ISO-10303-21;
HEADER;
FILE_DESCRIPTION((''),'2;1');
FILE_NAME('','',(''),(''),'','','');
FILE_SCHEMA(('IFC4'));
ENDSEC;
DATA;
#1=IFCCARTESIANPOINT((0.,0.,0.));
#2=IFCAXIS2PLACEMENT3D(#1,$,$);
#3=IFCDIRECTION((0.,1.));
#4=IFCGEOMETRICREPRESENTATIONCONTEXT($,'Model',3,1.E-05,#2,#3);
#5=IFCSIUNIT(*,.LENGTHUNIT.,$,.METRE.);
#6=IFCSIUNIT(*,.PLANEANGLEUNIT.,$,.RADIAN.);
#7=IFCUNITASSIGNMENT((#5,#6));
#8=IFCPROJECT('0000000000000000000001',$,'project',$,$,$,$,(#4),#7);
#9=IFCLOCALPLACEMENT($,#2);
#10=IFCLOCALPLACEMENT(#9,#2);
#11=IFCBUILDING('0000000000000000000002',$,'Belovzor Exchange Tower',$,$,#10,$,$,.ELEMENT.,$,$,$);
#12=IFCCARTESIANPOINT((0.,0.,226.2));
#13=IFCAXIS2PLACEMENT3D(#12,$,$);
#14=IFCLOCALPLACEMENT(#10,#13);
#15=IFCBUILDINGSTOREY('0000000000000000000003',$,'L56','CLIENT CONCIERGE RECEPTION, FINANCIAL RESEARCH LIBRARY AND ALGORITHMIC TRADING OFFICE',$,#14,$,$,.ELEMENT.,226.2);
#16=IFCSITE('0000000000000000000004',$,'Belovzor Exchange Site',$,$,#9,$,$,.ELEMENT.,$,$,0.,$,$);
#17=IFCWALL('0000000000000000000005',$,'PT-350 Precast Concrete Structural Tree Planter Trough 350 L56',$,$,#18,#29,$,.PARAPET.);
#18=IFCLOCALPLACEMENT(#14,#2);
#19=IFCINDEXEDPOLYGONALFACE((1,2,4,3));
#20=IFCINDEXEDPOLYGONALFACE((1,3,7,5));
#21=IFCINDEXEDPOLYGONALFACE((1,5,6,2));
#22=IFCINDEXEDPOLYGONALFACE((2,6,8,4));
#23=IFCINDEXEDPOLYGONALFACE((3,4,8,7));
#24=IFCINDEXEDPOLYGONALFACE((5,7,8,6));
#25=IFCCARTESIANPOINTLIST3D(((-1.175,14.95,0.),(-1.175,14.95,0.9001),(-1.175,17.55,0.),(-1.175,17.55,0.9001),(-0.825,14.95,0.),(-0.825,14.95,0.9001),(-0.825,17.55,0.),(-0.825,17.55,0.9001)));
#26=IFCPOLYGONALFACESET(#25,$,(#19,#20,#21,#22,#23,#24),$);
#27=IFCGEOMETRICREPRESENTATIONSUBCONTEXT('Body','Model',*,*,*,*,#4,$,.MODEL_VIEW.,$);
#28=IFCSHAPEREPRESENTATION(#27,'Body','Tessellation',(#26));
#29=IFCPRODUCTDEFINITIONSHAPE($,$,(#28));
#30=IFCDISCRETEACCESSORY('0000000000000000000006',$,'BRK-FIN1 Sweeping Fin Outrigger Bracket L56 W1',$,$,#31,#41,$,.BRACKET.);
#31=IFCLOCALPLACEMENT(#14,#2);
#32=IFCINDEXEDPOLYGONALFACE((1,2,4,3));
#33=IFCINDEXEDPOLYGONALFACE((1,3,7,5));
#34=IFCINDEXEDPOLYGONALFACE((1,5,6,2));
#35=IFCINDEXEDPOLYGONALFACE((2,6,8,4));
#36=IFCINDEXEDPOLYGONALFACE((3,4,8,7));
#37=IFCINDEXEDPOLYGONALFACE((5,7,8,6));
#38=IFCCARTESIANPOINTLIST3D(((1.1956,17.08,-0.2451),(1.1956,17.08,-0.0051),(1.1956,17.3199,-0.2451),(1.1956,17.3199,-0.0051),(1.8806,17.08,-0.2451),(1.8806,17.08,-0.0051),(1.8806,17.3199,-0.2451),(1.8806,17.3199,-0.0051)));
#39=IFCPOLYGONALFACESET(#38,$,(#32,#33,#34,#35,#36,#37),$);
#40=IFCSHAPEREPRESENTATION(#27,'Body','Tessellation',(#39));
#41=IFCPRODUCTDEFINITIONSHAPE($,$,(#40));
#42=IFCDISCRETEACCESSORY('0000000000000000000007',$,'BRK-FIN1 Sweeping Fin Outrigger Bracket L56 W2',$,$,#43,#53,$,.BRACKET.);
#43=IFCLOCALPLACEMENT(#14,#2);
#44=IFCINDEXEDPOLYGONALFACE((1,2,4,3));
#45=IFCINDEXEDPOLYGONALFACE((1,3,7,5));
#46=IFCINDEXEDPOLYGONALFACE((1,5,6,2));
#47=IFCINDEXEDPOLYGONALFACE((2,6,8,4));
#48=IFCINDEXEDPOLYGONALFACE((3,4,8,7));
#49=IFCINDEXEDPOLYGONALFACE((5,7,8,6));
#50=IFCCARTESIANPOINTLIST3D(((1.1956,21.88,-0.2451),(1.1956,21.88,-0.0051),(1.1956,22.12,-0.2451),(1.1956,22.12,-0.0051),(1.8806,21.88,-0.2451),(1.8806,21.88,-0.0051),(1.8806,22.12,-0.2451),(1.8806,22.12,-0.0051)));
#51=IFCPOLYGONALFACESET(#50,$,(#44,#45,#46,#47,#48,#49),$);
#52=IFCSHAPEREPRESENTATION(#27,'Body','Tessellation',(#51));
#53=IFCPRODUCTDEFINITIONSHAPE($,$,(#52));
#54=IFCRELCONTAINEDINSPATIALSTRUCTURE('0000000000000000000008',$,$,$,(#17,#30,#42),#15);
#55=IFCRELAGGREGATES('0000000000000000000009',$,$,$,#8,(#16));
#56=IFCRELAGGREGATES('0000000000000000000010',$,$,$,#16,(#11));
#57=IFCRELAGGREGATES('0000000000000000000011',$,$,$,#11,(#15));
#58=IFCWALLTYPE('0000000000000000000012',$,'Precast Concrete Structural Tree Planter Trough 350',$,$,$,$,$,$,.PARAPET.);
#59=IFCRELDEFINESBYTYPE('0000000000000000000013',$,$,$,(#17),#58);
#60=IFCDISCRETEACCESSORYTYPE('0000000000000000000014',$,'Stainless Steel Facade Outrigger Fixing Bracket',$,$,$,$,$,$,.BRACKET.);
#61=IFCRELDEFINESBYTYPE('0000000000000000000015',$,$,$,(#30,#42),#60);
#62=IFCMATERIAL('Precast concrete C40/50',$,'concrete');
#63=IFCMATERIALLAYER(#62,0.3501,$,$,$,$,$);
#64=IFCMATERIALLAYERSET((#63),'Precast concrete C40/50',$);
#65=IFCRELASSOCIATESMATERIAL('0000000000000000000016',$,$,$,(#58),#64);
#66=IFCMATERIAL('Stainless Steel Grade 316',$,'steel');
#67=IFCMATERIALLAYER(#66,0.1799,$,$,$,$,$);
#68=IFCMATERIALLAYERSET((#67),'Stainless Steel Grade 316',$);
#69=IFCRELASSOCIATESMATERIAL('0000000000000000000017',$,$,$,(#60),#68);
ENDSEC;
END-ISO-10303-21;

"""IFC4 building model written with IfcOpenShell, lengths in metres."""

from ifc_helpers import new_model, si_unit, direction, frame, frame_2d, origin, origin_2d, place, context, subcontext, project, spatial, rectangle, extrude, material, layer, layer_set, type_object, element, save


model = new_model("IFC4")

# Units and contexts
model_context = context("Model", 3, precision=1e-05, world=origin(), true_north=direction((0.0, 1.0)))
body_context = subcontext(model_context, "Body", "Model", "MODEL_VIEW")
ifc_project = project(units=[si_unit("LENGTHUNIT", "METRE"), si_unit("PLANEANGLEUNIT", "RADIAN")], contexts=[model_context])

# Site, building, storey
site_placement = place(None, origin())
site = spatial("IfcSite", under=ifc_project, at=site_placement, Name="Belovzor Exchange Site", CompositionType="ELEMENT", RefElevation=0.0)
building_placement = place(site_placement, origin())
building = spatial("IfcBuilding", under=site, at=building_placement, Name="Belovzor Exchange Tower", CompositionType="ELEMENT")
storey_placement = place(building_placement, frame((0.0, 0.0, 226.2)))
storey = spatial("IfcBuildingStorey", under=building, at=storey_placement, Name="L56", Description="CLIENT CONCIERGE RECEPTION, FINANCIAL RESEARCH LIBRARY AND ALGORITHMIC TRADING OFFICE", CompositionType="ELEMENT", Elevation=226.2)

# Wall
ifc_material_1 = material(Name="Precast concrete C40/50", Category="concrete")
ifc_layer_1 = layer(ifc_material_1, 0.3501)
ifc_layer_set_1 = layer_set([ifc_layer_1], Name="Precast concrete C40/50")
wall_type_1 = type_object("IfcWallType", Name="Precast Concrete Structural Tree Planter Trough 350", PredefinedType="PARAPET", material=ifc_layer_set_1)
wall_1_placement = place(storey_placement, frame((-1.0, 14.95, 0.0), z_axis=(0.0, 0.0, 1.0), x_axis=(0.0, 1.0, 0.0)))
element("IfcWall", 1, at=wall_1_placement, inside=storey, type_object=wall_type_1, Name="PT-350 Precast Concrete Structural Tree Planter Trough 350 L56", PredefinedType="PARAPET", context=body_context, shape_type="SweptSolid", body=[
    extrude(rectangle(XDim=2.6001, YDim=0.3501, at=frame_2d((1.3, 0.0))), origin(), (0.0, 0.0, 1.0), 0.9001),
])

# Discrete accessories
ifc_material_2 = material(Name="Stainless Steel Grade 316", Category="steel")
ifc_layer_2 = layer(ifc_material_2, 0.1799)
ifc_layer_set_2 = layer_set([ifc_layer_2], Name="Stainless Steel Grade 316")
discrete_accessory_type = type_object("IfcDiscreteAccessoryType", Name="Stainless Steel Facade Outrigger Fixing Bracket", PredefinedType="BRACKET", material=ifc_layer_set_2)
for number, where, z_axis, x_axis, name in (
    (2, (1.5381, 17.2, -0.2451), (0.0, 0.0, 1.0), (1.0, 0.0, 0.0), "BRK-FIN1 Sweeping Fin Outrigger Bracket L56 W1"),
    (3, (1.5381, 22.0, -0.2451), (0.0, 0.0, 1.0), (1.0, 0.0, 0.0), "BRK-FIN1 Sweeping Fin Outrigger Bracket L56 W2"),
):
    element("IfcDiscreteAccessory", number, at=place(storey_placement, frame(where, z_axis=z_axis, x_axis=x_axis)), inside=storey, type_object=discrete_accessory_type, Name=name, PredefinedType="BRACKET", context=body_context, shape_type="SweptSolid", body=[
        extrude(rectangle(XDim=0.6851, YDim=0.24, at=origin_2d()), origin(), (0.0, 0.0, 1.0), 0.24),
    ])

save(model, "model.ifc")
